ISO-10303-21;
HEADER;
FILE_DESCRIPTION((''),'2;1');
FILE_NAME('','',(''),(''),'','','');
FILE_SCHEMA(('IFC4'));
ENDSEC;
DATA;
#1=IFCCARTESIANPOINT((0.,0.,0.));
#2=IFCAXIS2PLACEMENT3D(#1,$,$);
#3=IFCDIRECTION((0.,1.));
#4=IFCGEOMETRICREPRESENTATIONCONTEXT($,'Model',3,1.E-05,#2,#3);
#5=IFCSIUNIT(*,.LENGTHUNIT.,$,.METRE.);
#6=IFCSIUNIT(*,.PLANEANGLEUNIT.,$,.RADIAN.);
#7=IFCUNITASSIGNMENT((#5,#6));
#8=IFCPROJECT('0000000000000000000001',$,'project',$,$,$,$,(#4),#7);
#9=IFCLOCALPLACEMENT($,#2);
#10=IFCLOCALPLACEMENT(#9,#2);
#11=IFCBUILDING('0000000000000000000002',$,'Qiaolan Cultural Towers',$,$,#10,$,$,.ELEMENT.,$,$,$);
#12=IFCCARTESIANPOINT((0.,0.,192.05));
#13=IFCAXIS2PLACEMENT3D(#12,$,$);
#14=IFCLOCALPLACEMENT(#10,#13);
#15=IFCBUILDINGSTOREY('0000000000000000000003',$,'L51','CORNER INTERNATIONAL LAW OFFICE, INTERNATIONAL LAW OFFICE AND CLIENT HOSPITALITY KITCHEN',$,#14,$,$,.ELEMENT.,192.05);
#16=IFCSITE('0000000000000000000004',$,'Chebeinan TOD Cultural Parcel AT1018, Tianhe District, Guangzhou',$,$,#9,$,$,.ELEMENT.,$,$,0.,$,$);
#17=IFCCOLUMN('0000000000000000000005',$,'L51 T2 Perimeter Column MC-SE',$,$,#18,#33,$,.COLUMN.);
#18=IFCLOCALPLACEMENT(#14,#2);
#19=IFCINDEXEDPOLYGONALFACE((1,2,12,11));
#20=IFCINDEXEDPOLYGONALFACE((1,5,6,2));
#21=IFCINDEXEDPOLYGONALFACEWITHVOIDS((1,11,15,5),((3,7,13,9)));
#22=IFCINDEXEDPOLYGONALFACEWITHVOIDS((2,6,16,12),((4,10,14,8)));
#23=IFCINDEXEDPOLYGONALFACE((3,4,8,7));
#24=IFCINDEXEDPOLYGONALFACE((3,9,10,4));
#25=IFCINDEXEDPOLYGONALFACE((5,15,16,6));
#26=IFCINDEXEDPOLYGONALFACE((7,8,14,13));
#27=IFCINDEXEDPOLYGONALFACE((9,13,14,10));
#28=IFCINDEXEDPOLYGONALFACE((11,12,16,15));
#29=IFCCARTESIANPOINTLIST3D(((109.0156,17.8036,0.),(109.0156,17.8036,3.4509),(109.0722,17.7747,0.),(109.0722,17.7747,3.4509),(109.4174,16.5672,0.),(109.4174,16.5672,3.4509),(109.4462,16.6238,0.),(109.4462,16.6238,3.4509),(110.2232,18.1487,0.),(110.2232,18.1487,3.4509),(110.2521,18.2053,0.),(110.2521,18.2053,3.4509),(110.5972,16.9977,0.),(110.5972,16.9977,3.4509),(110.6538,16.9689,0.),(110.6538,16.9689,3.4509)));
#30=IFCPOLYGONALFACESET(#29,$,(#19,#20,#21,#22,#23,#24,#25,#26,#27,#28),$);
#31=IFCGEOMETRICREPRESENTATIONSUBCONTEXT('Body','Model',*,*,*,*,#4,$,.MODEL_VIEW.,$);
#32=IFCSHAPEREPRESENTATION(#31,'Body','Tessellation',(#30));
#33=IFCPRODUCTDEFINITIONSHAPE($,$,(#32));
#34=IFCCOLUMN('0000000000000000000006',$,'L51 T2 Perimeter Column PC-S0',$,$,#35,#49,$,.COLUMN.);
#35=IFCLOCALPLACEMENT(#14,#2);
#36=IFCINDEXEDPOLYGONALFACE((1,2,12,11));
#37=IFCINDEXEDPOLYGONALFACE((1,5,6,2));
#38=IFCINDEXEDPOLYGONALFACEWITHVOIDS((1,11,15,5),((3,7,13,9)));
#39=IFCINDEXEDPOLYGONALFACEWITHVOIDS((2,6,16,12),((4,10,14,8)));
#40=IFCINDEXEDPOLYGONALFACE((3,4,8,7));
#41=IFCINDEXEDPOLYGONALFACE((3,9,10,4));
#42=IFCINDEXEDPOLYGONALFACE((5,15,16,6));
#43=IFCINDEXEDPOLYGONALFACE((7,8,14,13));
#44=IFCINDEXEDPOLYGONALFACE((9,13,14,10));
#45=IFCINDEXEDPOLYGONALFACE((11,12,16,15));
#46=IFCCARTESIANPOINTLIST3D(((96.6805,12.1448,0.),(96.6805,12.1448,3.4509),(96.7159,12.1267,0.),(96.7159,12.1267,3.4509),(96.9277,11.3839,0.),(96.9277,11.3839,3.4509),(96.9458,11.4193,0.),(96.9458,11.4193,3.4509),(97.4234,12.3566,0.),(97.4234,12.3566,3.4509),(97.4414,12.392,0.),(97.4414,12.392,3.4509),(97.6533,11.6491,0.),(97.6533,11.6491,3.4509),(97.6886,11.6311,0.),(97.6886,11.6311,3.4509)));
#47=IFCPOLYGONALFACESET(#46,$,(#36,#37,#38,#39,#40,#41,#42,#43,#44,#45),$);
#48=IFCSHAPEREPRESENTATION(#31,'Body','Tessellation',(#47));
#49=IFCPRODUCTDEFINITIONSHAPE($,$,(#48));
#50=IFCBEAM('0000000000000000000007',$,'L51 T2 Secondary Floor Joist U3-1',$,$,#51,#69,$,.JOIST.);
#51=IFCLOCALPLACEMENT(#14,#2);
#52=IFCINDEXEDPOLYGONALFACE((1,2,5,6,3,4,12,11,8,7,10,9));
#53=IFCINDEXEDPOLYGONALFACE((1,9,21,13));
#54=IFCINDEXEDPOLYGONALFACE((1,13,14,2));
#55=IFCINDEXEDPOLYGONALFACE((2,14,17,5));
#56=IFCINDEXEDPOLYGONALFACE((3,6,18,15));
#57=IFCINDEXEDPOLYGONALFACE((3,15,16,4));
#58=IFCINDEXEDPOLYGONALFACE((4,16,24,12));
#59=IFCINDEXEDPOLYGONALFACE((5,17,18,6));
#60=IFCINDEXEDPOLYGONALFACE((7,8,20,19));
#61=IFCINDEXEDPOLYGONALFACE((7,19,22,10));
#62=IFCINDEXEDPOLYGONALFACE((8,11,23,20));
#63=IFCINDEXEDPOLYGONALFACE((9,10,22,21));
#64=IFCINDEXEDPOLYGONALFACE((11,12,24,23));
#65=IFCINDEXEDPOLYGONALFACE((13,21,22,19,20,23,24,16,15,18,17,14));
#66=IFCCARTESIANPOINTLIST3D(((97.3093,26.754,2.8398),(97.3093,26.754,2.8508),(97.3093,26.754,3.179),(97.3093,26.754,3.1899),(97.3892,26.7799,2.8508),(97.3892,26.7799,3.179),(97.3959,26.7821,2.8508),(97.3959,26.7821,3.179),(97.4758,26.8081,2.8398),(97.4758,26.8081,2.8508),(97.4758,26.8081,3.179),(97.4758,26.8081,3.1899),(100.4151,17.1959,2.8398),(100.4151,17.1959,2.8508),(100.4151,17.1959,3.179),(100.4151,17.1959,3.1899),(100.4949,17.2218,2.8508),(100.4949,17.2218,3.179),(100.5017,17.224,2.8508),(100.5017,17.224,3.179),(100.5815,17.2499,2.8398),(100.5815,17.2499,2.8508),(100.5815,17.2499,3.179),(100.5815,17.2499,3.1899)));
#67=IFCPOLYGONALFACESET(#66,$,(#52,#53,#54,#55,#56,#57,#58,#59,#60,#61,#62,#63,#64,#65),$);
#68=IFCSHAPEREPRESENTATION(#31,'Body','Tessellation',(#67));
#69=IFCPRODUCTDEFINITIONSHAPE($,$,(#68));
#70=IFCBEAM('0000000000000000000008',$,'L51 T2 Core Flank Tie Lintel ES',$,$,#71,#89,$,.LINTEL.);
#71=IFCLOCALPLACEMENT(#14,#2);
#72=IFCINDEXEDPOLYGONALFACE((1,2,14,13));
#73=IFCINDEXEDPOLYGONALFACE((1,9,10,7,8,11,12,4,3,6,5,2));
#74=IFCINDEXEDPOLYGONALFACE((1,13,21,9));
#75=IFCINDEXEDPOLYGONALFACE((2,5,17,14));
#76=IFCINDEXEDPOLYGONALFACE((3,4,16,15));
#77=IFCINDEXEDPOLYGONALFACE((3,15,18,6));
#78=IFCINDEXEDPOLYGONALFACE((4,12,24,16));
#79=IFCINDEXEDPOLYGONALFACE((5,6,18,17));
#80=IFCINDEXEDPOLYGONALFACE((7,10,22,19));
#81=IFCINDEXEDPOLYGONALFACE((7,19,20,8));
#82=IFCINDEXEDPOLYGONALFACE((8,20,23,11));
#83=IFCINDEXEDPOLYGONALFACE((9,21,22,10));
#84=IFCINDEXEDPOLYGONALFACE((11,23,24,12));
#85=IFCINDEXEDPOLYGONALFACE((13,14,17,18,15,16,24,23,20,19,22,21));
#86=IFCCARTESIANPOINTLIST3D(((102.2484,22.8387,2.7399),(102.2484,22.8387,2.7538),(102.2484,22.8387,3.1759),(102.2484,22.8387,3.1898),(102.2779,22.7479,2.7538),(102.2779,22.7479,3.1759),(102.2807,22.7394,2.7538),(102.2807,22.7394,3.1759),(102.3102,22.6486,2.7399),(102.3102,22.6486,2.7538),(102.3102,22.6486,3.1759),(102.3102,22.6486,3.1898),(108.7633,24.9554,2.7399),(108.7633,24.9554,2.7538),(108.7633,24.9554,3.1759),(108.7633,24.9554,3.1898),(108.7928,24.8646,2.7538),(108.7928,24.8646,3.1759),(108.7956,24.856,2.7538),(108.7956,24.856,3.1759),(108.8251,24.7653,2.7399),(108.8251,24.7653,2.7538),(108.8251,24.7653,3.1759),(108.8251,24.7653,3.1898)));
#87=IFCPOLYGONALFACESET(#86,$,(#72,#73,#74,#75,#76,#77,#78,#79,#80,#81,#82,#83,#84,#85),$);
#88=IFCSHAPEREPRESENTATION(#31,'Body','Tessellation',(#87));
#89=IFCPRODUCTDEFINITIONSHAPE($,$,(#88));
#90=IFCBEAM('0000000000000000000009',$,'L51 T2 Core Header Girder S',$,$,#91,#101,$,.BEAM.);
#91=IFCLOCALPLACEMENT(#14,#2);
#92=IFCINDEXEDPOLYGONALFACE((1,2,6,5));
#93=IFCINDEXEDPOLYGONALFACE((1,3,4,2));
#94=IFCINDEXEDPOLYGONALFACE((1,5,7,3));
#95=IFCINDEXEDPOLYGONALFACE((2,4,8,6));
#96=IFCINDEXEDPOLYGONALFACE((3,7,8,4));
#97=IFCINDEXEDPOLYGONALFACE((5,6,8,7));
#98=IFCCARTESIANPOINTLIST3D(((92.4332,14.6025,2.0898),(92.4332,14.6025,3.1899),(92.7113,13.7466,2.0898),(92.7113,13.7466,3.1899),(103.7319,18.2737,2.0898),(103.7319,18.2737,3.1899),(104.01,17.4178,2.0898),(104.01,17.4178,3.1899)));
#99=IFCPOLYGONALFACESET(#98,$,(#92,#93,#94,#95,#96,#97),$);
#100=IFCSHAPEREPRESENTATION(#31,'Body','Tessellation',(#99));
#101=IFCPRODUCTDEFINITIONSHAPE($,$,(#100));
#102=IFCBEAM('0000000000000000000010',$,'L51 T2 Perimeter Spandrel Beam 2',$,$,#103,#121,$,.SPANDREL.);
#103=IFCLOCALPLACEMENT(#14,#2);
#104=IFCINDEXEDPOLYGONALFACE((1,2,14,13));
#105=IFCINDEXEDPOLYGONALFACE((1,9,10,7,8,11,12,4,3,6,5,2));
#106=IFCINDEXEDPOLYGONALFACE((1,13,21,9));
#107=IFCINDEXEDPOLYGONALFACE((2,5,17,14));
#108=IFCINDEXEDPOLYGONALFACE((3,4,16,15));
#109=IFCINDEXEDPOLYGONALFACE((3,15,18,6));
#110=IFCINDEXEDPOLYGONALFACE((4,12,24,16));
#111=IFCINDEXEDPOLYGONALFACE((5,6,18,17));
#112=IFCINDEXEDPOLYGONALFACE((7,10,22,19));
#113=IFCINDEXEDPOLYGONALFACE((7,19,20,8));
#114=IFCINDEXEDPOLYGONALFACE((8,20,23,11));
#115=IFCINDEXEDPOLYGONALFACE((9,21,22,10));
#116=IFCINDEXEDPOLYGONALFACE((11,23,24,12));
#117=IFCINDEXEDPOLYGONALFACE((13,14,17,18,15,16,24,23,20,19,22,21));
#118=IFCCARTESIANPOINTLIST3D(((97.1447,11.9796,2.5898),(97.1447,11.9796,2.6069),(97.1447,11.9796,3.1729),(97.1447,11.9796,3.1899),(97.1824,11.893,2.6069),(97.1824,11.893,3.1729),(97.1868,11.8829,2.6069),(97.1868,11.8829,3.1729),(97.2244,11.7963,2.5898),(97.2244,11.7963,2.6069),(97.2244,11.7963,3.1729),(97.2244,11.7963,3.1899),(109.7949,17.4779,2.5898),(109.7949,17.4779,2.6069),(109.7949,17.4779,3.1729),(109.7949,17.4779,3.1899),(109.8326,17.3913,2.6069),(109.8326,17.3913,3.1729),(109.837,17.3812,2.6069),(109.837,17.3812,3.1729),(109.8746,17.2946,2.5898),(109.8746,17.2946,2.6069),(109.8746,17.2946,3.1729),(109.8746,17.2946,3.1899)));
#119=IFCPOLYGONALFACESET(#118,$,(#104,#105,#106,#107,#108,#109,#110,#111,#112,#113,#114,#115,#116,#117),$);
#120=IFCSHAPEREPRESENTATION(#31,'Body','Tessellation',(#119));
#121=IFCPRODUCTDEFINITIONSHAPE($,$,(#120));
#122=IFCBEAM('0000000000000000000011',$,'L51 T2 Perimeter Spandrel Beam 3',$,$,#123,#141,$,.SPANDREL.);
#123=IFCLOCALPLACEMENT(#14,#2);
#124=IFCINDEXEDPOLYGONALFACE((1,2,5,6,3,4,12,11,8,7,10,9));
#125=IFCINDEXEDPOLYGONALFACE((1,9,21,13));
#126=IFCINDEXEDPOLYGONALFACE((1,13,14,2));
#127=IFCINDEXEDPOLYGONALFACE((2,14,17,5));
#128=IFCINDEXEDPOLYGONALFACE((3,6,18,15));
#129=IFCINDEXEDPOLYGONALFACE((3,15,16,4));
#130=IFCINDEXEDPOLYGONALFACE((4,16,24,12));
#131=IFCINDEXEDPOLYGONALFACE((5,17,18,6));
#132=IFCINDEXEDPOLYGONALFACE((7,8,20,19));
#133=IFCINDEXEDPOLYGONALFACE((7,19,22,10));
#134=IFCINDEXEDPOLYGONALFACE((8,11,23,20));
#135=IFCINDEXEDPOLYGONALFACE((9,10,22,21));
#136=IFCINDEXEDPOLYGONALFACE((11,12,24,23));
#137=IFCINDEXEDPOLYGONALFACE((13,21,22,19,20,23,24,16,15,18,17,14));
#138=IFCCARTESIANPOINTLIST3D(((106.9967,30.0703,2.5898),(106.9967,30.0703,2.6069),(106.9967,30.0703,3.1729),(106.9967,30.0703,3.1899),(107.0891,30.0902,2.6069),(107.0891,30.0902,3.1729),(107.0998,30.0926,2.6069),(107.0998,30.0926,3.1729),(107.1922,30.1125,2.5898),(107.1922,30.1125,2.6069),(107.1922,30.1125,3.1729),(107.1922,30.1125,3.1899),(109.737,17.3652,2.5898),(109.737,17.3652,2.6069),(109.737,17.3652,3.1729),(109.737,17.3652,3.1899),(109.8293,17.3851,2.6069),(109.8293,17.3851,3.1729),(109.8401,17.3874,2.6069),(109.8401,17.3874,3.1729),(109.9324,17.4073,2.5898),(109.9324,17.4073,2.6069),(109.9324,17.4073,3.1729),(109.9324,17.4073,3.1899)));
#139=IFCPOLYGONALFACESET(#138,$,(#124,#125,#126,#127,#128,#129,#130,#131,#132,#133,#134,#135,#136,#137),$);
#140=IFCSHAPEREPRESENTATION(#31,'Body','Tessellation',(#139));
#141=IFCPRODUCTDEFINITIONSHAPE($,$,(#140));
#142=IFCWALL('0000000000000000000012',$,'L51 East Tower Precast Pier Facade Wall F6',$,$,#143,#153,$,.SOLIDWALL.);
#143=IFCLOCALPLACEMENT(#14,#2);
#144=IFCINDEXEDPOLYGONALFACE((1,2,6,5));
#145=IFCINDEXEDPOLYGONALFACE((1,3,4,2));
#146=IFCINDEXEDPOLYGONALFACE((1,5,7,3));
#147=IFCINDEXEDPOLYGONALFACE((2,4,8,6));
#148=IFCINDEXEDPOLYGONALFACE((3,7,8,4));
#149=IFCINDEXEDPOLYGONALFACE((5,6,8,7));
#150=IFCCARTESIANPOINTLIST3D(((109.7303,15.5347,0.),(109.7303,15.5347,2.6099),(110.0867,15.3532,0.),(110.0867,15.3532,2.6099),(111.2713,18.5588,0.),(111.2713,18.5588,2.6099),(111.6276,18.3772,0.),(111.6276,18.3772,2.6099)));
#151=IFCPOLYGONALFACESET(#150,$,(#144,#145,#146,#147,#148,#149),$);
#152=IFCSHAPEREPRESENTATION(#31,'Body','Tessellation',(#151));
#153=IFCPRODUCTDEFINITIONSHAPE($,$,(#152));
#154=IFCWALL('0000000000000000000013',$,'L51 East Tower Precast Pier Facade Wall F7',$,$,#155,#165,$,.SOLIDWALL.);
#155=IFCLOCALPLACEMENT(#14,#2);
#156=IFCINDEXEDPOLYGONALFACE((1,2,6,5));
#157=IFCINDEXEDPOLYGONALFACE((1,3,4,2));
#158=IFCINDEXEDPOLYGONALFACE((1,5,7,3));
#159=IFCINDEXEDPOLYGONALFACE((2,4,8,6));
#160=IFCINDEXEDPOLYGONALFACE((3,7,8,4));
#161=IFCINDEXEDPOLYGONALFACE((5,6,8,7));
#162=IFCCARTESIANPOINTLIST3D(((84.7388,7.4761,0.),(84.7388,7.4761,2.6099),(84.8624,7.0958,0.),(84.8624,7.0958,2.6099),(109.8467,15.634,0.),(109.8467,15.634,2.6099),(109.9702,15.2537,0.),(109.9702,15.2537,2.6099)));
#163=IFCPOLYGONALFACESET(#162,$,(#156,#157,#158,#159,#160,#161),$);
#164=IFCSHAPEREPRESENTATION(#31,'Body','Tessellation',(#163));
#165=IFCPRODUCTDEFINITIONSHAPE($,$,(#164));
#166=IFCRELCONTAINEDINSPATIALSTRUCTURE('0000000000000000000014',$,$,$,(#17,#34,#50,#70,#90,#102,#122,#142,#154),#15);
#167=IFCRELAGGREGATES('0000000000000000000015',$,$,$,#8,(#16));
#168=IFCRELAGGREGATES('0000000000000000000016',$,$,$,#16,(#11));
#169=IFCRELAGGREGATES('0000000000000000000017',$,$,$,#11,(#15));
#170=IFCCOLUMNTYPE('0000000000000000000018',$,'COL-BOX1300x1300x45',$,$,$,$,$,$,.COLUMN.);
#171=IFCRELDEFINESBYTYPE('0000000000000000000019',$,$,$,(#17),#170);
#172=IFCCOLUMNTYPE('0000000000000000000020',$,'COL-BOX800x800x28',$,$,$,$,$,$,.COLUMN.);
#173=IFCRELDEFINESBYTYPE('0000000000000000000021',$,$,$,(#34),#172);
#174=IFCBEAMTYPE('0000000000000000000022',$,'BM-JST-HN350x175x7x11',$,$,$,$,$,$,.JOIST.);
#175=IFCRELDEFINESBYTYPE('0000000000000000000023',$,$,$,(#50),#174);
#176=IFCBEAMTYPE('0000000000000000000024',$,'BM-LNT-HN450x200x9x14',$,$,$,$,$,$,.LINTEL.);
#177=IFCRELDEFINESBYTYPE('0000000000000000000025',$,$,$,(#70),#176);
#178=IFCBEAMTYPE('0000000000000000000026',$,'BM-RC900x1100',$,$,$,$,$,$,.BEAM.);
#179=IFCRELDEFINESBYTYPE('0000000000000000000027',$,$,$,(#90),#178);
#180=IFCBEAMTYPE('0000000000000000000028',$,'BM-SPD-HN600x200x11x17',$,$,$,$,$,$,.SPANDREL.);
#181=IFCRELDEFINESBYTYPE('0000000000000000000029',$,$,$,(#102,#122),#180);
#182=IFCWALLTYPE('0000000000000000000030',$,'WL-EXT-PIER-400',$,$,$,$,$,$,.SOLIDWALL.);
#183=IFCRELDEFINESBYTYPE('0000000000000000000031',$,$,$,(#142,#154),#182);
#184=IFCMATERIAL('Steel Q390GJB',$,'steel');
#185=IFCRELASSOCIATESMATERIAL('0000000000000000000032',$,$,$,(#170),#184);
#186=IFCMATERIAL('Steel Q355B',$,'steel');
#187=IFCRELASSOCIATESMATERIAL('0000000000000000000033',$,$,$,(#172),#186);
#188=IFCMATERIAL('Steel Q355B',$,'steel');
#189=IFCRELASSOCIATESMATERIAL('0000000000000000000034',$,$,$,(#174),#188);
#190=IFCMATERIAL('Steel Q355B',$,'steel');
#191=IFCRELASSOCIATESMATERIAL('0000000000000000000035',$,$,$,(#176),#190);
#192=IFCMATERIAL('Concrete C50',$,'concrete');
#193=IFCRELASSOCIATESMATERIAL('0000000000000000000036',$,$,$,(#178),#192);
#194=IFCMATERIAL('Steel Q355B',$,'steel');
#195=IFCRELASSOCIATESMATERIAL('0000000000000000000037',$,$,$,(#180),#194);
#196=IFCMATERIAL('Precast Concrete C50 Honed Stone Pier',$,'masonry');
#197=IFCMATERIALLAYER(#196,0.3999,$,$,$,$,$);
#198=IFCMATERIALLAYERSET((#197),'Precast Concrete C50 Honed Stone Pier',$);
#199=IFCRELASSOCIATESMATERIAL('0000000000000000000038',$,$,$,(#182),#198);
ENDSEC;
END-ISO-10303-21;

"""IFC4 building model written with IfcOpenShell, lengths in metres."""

from ifc_helpers import new_model, si_unit, direction, frame, frame_2d, origin, origin_2d, place, context, subcontext, project, spatial, rectangle, hollow_rectangle, i_section, extrude, material, layer, layer_set, material_profile, profile_set, type_object, element, save


model = new_model("IFC4")

# Units and contexts
model_context = context("Model", 3, precision=1e-05, world=origin(), true_north=direction((0.0, 1.0)))
body_context = subcontext(model_context, "Body", "Model", "MODEL_VIEW")
ifc_project = project(units=[si_unit("LENGTHUNIT", "METRE"), si_unit("PLANEANGLEUNIT", "RADIAN")], contexts=[model_context])

# Site, building, storey
site_placement = place(None, origin())
site = spatial("IfcSite", under=ifc_project, at=site_placement, Name="Chebeinan TOD Cultural Parcel AT1018, Tianhe District, Guangzhou", CompositionType="ELEMENT", RefElevation=0.0)
building_placement = place(site_placement, origin())
building = spatial("IfcBuilding", under=site, at=building_placement, Name="Qiaolan Cultural Towers", CompositionType="ELEMENT")
storey_placement = place(building_placement, frame((0.0, 0.0, 192.05)))
storey = spatial("IfcBuildingStorey", under=building, at=storey_placement, Name="L51", Description="CORNER INTERNATIONAL LAW OFFICE, INTERNATIONAL LAW OFFICE AND CLIENT HOSPITALITY KITCHEN", CompositionType="ELEMENT", Elevation=192.05)

# Columns
ifc_material_1 = material(Name="Steel Q390GJB", Category="steel")
ifc_material_profile_1 = material_profile(ifc_material_1, hollow_rectangle(XDim=1.3, YDim=1.3, WallThickness=0.0449, at=origin_2d()), Name="BOX1300x1300x45")
ifc_profile_set_1 = profile_set([ifc_material_profile_1], Name="Steel Q390GJB")
column_type_1 = type_object("IfcColumnType", Name="COL-BOX1300x1300x45", PredefinedType="COLUMN", material=ifc_profile_set_1)
column_1_placement = place(storey_placement, frame((109.8347, 17.3862, 0.0), z_axis=(0.0, 0.0, 1.0), x_axis=(0.951057, 0.309017, 0.0)))
element("IfcColumn", 1, at=column_1_placement, inside=storey, type_object=column_type_1, Name="L51 T2 Perimeter Column MC-SE", PredefinedType="COLUMN", context=body_context, shape_type="SweptSolid", body=[
    extrude(hollow_rectangle(XDim=1.3, YDim=1.3, WallThickness=0.0449, at=origin_2d()), origin(), (0.0, 0.0, 1.0), 3.4509),
])
ifc_material_2 = material(Name="Steel Q355B", Category="steel")
ifc_material_profile_2 = material_profile(ifc_material_2, hollow_rectangle(XDim=0.8, YDim=0.8, WallThickness=0.0281, at=origin_2d()), Name="BOX800x800x28")
ifc_profile_set_2 = profile_set([ifc_material_profile_2], Name="Steel Q355B")
column_type_2 = type_object("IfcColumnType", Name="COL-BOX800x800x28", PredefinedType="COLUMN", material=ifc_profile_set_2)
column_2_placement = place(storey_placement, frame((97.1846, 11.8879, 0.0), z_axis=(0.0, 0.0, 1.0), x_axis=(0.951057, 0.309017, 0.0)))
element("IfcColumn", 2, at=column_2_placement, inside=storey, type_object=column_type_2, Name="L51 T2 Perimeter Column PC-S0", PredefinedType="COLUMN", context=body_context, shape_type="SweptSolid", body=[
    extrude(hollow_rectangle(XDim=0.8, YDim=0.8, WallThickness=0.0281, at=origin_2d()), origin(), (0.0, 0.0, 1.0), 3.4509),
])

# Beams
ifc_material_3 = material(Name="Steel Q355B", Category="steel")
ifc_material_profile_3 = material_profile(ifc_material_3, i_section(OverallWidth=0.175, OverallDepth=0.3501, WebThickness=0.0071, FlangeThickness=0.011, at=origin_2d()), Name="HN350x175x7x11")
ifc_profile_set_3 = profile_set([ifc_material_profile_3], Name="Steel Q355B")
beam_type_1 = type_object("IfcBeamType", Name="BM-JST-HN350x175x7x11", PredefinedType="JOIST", material=ifc_profile_set_3)
beam_1_placement = place(storey_placement, frame((100.4983, 17.2229, 3.0149), z_axis=(-0.309026, 0.951054, 0.0), x_axis=(-0.951054, -0.309026, 0.0)))
element("IfcBeam", 3, at=beam_1_placement, inside=storey, type_object=beam_type_1, Name="L51 T2 Secondary Floor Joist U3-1", PredefinedType="JOIST", context=body_context, shape_type="SweptSolid", body=[
    extrude(i_section(OverallWidth=0.175, OverallDepth=0.3501, WebThickness=0.0071, FlangeThickness=0.011, at=origin_2d()), origin(), (0.0, 0.0, 1.0), 10.05),
])
ifc_material_4 = material(Name="Steel Q355B", Category="steel")
ifc_material_profile_4 = material_profile(ifc_material_4, i_section(OverallWidth=0.2, OverallDepth=0.45, WebThickness=0.009, FlangeThickness=0.0139, at=origin_2d()), Name="HN450x200x9x14")
ifc_profile_set_4 = profile_set([ifc_material_profile_4], Name="Steel Q355B")
beam_type_2 = type_object("IfcBeamType", Name="BM-LNT-HN450x200x9x14", PredefinedType="LINTEL", material=ifc_profile_set_4)
beam_2_placement = place(storey_placement, frame((102.2793, 22.7437, 2.9648), z_axis=(0.951062, 0.309001, 0.0), x_axis=(-0.309001, 0.951062, 0.0)))
element("IfcBeam", 4, at=beam_2_placement, inside=storey, type_object=beam_type_2, Name="L51 T2 Core Flank Tie Lintel ES", PredefinedType="LINTEL", context=body_context, shape_type="SweptSolid", body=[
    extrude(i_section(OverallWidth=0.2, OverallDepth=0.45, WebThickness=0.009, FlangeThickness=0.0139, at=origin_2d()), origin(), (0.0, 0.0, 1.0), 6.8501),
])
ifc_material_5 = material(Name="Concrete C50", Category="concrete")
ifc_material_profile_5 = material_profile(ifc_material_5, rectangle(XDim=0.8999, YDim=1.1001, at=origin_2d()), Name="RC900x1100")
ifc_profile_set_5 = profile_set([ifc_material_profile_5], Name="Concrete C50")
beam_type_3 = type_object("IfcBeamType", Name="BM-RC900x1100", PredefinedType="BEAM", material=ifc_profile_set_5)
beam_3_placement = place(storey_placement, frame((92.5723, 14.1746, 2.6399), z_axis=(0.951056, 0.309018, 0.0), x_axis=(-0.309018, 0.951056, 0.0)))
element("IfcBeam", 5, at=beam_3_placement, inside=storey, type_object=beam_type_3, Name="L51 T2 Core Header Girder S", PredefinedType="BEAM", context=body_context, shape_type="SweptSolid", body=[
    extrude(rectangle(XDim=0.8999, YDim=1.1001, at=origin_2d()), origin(), (0.0, 0.0, 1.0), 11.8801),
])
ifc_material_6 = material(Name="Steel Q355B", Category="steel")
ifc_material_profile_6 = material_profile(ifc_material_6, i_section(OverallWidth=0.2, OverallDepth=0.6001, WebThickness=0.011, FlangeThickness=0.0171, at=origin_2d()), Name="HN600x200x11x17")
ifc_profile_set_6 = profile_set([ifc_material_profile_6], Name="Steel Q355B")
beam_type_4 = type_object("IfcBeamType", Name="BM-SPD-HN600x200x11x17", PredefinedType="SPANDREL", material=ifc_profile_set_6)
beam_4_placement = place(storey_placement, frame((97.1846, 11.8879, 2.8899), z_axis=(0.917117, 0.398618, 0.0), x_axis=(-0.398618, 0.917117, 0.0)))
element("IfcBeam", 6, at=beam_4_placement, inside=storey, type_object=beam_type_4, Name="L51 T2 Perimeter Spandrel Beam 2", PredefinedType="SPANDREL", context=body_context, shape_type="SweptSolid", body=[
    extrude(i_section(OverallWidth=0.2, OverallDepth=0.6001, WebThickness=0.011, FlangeThickness=0.0171, at=origin_2d()), origin(), (0.0, 0.0, 1.0), 13.7935),
])
beam_5_placement = place(storey_placement, frame((109.8347, 17.3862, 2.8899), z_axis=(-0.210832, 0.977522, 0.0), x_axis=(-0.977522, -0.210832, 0.0)))
element("IfcBeam", 7, at=beam_5_placement, inside=storey, type_object=beam_type_4, Name="L51 T2 Perimeter Spandrel Beam 3", PredefinedType="SPANDREL", context=body_context, shape_type="SweptSolid", body=[
    extrude(i_section(OverallWidth=0.2, OverallDepth=0.6001, WebThickness=0.011, FlangeThickness=0.0171, at=origin_2d()), origin(), (0.0, 0.0, 1.0), 12.9973),
])

# Walls
ifc_material_7 = material(Name="Precast Concrete C50 Honed Stone Pier", Category="masonry")
ifc_layer_1 = layer(ifc_material_7, 0.3999)
ifc_layer_set_1 = layer_set([ifc_layer_1], Name="Precast Concrete C50 Honed Stone Pier")
wall_type_1 = type_object("IfcWallType", Name="WL-EXT-PIER-400", PredefinedType="SOLIDWALL", material=ifc_layer_set_1)
wall_1_placement = place(storey_placement, frame((111.4495, 18.468, 0.0), z_axis=(0.0, 0.0, 1.0), x_axis=(-0.45402, -0.890992, 0.0)))
element("IfcWall", 8, at=wall_1_placement, inside=storey, type_object=wall_type_1, Name="L51 East Tower Precast Pier Facade Wall F6", PredefinedType="SOLIDWALL", context=body_context, shape_type="SweptSolid", body=[
    extrude(rectangle(XDim=3.394, YDim=0.3999, at=frame_2d((1.697, 0.0))), origin(), (0.0, 0.0, 1.0), 2.6099),
])
wall_2_placement = place(storey_placement, frame((109.9084, 15.4438, 0.0), z_axis=(0.0, 0.0, 1.0), x_axis=(-0.951058, -0.309014, 0.0)))
element("IfcWall", 9, at=wall_2_placement, inside=storey, type_object=wall_type_1, Name="L51 East Tower Precast Pier Facade Wall F7", PredefinedType="SOLIDWALL", context=body_context, shape_type="SweptSolid", body=[
    extrude(rectangle(XDim=26.3999, YDim=0.3999, at=frame_2d((13.2, 0.0))), origin(), (0.0, 0.0, 1.0), 2.6099),
])

save(model, "model.ifc")
